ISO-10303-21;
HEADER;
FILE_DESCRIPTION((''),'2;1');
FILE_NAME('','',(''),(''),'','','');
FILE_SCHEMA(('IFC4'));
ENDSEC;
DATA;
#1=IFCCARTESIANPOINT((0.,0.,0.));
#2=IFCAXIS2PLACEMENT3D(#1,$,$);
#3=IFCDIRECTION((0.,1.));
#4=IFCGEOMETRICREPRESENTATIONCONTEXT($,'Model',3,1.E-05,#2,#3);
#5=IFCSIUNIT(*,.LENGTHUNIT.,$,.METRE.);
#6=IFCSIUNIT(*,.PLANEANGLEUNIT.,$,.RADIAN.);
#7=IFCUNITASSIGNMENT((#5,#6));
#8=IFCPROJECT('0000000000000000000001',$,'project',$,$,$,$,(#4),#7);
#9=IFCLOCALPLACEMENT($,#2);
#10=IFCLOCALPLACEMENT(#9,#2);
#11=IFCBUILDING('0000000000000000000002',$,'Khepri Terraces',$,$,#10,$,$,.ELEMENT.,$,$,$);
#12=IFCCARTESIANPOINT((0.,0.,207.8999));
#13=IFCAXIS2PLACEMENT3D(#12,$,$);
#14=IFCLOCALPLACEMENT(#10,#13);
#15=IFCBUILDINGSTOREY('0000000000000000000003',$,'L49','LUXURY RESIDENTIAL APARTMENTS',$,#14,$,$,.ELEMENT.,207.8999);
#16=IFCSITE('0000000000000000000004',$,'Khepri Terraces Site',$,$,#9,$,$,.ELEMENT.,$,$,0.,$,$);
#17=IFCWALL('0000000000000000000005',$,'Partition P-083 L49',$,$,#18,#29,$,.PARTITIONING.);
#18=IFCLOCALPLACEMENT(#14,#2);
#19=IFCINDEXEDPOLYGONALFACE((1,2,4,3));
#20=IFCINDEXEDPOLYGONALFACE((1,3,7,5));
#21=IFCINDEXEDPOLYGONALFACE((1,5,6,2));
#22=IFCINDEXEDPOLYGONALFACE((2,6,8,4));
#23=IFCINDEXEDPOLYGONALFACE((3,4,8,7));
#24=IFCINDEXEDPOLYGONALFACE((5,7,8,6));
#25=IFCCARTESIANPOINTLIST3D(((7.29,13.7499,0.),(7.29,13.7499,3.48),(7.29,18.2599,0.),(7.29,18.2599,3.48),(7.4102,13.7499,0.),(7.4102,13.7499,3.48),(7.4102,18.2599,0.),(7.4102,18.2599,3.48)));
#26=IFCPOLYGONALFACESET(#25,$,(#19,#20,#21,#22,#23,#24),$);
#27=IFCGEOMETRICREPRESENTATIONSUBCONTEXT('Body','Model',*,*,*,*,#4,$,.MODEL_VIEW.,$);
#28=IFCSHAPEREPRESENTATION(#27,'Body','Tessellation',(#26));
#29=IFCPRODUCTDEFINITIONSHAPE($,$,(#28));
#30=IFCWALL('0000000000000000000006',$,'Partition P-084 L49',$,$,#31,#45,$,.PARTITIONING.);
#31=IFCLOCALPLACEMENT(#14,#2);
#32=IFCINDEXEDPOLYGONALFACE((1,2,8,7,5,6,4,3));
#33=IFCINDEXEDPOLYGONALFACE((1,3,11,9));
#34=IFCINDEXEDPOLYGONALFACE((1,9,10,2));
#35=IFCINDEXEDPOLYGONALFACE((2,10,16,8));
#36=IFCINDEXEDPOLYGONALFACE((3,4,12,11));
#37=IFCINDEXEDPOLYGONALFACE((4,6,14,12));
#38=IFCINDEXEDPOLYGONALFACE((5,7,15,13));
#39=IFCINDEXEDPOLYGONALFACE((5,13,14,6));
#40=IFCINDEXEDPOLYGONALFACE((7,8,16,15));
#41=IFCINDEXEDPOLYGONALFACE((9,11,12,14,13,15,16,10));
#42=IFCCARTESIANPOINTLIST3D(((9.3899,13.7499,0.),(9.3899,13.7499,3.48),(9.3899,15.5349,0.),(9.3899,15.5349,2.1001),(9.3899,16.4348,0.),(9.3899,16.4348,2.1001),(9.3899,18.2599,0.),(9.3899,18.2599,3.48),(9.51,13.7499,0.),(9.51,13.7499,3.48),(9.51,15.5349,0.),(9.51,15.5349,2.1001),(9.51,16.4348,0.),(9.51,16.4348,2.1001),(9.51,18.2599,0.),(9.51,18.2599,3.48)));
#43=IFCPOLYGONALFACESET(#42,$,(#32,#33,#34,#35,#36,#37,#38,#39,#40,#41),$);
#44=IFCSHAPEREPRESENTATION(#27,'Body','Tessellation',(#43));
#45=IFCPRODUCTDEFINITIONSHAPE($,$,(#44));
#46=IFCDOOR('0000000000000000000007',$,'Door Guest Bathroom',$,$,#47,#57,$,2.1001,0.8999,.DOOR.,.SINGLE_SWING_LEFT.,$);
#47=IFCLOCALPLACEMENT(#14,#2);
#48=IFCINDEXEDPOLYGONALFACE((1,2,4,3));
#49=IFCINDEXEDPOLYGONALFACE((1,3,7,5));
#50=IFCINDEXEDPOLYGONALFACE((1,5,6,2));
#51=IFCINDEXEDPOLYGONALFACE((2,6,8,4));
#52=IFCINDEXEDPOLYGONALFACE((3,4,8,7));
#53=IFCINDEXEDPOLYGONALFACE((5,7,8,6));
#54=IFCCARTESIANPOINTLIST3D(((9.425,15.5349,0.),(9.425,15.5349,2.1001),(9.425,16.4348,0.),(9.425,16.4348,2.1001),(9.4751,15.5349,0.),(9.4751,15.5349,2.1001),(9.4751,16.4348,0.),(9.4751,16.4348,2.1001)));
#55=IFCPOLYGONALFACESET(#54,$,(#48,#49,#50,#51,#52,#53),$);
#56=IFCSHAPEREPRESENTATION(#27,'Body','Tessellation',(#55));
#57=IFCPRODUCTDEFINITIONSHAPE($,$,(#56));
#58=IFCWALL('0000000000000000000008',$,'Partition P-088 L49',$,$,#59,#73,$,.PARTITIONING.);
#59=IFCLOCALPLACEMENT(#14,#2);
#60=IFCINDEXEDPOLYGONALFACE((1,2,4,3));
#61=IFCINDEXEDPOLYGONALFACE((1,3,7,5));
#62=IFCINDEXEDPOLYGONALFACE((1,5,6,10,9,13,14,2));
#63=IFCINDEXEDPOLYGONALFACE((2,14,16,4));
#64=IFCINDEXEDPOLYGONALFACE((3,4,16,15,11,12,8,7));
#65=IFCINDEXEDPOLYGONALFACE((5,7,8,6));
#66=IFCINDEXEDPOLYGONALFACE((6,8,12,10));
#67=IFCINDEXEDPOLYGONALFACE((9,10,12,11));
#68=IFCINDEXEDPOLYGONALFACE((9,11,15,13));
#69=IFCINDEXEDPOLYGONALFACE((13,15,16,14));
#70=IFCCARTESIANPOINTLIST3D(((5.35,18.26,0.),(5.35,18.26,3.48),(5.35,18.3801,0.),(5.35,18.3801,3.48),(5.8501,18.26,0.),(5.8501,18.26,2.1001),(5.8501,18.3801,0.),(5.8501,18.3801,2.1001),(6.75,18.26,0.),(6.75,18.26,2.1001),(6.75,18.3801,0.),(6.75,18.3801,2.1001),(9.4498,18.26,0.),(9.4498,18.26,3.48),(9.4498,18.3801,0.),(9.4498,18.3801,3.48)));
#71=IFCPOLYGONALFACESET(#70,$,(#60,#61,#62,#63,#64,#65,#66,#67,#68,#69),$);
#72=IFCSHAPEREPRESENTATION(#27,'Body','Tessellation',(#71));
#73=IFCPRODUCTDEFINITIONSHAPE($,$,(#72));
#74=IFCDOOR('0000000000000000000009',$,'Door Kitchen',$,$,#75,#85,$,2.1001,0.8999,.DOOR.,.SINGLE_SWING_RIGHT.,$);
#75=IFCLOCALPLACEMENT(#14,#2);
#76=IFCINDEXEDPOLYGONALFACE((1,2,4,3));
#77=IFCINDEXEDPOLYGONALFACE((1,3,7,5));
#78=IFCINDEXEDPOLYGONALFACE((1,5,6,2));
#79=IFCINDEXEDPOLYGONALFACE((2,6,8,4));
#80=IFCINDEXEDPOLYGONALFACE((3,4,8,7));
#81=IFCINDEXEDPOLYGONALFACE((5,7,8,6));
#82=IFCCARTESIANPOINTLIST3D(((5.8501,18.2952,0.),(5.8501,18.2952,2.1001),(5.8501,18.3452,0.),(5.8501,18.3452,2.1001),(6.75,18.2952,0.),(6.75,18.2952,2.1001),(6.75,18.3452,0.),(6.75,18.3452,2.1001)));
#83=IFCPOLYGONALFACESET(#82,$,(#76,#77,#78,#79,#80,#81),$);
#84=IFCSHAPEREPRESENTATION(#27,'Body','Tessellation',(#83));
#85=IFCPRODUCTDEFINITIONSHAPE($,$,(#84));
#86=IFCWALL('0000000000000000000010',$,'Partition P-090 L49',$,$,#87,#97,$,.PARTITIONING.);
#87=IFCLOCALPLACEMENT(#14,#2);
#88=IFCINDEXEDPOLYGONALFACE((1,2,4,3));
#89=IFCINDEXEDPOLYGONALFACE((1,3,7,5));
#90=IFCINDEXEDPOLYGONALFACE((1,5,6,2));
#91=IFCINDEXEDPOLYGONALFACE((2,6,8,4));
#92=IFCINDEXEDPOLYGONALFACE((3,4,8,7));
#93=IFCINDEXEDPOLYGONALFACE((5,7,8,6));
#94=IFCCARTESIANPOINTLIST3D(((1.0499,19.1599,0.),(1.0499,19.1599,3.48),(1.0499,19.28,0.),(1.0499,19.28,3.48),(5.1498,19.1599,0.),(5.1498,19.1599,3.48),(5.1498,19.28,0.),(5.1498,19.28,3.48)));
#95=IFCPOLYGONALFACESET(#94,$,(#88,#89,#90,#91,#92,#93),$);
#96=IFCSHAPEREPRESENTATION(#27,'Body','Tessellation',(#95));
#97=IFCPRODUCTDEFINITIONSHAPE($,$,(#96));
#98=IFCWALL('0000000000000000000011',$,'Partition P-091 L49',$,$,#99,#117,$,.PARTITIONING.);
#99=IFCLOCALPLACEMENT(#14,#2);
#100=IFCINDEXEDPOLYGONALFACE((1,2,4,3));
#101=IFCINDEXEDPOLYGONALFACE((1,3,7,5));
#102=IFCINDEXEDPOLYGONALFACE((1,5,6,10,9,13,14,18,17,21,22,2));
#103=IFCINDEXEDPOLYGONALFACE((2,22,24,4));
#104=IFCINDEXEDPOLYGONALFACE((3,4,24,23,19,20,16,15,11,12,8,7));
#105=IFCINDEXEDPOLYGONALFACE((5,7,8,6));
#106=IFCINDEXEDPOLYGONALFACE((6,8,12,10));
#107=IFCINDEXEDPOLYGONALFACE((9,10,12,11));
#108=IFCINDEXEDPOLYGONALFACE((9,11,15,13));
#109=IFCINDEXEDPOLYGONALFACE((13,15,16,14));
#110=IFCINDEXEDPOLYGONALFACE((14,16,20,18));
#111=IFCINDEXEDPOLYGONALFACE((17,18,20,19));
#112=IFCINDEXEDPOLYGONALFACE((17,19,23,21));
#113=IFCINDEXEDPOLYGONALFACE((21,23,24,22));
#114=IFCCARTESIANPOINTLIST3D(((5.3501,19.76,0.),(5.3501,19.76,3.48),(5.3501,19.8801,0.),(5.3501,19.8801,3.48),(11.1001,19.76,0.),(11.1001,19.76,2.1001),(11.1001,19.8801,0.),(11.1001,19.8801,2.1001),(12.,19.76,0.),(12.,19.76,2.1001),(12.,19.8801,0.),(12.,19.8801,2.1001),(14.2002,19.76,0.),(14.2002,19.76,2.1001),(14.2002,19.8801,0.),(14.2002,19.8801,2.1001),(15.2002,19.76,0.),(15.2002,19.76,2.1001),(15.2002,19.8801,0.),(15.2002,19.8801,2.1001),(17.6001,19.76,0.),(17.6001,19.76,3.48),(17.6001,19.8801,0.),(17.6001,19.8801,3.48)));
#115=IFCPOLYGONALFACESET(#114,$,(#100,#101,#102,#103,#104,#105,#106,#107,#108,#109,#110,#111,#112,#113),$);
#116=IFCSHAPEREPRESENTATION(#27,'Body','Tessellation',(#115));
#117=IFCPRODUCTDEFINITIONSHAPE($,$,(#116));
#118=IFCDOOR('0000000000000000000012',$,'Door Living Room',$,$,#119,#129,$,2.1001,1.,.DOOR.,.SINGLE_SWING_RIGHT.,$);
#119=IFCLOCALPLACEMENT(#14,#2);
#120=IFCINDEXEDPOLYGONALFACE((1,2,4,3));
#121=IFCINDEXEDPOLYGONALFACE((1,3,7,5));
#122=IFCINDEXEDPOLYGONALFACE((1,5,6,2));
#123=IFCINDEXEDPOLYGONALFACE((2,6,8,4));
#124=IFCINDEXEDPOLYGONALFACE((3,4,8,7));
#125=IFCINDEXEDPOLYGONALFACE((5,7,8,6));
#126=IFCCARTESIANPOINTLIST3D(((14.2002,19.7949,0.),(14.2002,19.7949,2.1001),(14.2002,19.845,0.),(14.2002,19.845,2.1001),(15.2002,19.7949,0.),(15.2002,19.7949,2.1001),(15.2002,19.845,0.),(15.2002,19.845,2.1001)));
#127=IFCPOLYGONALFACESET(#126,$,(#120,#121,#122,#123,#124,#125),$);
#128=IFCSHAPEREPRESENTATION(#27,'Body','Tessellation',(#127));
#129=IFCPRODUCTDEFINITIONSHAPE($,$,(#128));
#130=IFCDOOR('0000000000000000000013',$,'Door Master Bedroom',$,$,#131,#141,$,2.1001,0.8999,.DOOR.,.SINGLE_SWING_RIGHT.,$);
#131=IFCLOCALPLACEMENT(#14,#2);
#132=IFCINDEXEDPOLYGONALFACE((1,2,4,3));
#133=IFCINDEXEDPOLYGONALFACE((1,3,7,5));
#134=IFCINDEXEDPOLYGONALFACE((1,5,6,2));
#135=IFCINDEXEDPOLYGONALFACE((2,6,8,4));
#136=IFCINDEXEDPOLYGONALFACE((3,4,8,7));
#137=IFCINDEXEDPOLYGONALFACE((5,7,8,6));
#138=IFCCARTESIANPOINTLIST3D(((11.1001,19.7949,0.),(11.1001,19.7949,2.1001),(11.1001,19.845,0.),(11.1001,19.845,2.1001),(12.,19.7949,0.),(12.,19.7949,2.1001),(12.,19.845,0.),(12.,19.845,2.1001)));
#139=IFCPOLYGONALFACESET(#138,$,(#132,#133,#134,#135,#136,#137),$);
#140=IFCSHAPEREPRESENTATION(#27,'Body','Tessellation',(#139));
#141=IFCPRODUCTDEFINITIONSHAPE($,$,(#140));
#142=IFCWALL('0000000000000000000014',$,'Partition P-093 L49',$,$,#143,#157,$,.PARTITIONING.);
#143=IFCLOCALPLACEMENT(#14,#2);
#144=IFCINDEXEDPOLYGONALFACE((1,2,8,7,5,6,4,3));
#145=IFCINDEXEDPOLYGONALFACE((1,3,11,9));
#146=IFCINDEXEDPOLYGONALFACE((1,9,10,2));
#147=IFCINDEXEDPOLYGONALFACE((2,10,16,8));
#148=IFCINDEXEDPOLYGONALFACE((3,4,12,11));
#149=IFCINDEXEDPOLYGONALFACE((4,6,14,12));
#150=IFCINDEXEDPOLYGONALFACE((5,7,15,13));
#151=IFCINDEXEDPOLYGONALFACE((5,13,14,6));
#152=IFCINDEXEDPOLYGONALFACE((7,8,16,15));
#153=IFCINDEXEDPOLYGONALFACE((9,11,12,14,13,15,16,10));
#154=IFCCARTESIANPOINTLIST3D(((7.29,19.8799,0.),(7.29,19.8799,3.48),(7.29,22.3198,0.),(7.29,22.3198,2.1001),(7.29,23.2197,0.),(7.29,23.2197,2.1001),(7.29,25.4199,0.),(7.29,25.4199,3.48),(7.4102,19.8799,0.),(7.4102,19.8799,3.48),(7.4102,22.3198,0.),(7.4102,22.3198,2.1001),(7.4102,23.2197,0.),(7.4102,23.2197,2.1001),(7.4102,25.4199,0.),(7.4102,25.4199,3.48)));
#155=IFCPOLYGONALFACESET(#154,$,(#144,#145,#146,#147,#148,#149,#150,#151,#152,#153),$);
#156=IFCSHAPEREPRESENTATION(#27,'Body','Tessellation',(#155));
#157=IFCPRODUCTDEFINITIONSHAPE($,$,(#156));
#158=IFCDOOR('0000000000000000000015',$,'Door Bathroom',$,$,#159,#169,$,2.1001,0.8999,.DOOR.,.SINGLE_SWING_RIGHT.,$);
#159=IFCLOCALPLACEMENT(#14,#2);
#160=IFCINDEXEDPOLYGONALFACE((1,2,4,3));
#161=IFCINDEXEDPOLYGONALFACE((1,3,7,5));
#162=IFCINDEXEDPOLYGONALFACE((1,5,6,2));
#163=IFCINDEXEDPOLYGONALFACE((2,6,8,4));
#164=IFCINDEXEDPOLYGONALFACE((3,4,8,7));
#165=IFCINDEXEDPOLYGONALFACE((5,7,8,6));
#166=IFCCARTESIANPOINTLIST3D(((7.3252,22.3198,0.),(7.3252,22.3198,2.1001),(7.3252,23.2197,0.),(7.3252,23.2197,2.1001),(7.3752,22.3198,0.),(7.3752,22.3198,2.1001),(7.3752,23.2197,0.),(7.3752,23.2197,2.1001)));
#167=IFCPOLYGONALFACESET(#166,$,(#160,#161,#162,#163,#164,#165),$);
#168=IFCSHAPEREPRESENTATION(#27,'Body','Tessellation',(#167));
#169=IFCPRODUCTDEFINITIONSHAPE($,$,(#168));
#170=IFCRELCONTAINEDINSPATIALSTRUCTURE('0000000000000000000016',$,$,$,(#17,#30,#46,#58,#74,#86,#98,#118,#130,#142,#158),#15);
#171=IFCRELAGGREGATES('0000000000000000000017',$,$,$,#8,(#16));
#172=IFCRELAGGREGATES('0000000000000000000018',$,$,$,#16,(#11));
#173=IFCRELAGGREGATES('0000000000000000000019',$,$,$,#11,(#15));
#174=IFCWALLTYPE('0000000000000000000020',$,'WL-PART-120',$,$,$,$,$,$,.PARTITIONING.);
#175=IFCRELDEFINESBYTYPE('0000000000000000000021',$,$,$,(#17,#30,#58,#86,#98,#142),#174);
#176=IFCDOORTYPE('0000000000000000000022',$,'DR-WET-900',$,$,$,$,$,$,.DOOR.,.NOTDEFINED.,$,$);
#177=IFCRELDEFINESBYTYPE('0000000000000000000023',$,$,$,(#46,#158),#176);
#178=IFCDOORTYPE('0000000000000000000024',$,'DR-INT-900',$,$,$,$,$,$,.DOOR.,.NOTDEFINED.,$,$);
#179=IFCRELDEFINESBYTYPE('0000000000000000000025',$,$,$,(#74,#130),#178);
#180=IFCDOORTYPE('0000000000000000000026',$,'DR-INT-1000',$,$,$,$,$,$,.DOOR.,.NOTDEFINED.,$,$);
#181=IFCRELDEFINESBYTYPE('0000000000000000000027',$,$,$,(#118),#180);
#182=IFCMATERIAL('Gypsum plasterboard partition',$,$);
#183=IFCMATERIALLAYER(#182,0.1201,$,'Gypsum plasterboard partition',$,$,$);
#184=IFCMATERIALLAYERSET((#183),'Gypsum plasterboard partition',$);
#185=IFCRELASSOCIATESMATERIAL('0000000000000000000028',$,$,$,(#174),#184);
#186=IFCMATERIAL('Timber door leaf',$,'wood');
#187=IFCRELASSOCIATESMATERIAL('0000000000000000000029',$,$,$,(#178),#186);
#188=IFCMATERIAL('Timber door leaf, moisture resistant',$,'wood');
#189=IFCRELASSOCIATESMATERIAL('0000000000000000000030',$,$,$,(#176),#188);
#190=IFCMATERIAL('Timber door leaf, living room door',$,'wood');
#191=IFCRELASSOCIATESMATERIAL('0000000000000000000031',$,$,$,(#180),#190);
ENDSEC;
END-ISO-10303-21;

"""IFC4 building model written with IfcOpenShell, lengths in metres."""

from ifc_helpers import new_model, si_unit, direction, frame, frame_2d, origin, place, context, subcontext, project, spatial, rectangle, extrude, material, layer, layer_set, type_object, element, fill, save


model = new_model("IFC4")

# Units and contexts
model_context = context("Model", 3, precision=1e-05, world=origin(), true_north=direction((0.0, 1.0)))
body_context = subcontext(model_context, "Body", "Model", "MODEL_VIEW")
ifc_project = project(units=[si_unit("LENGTHUNIT", "METRE"), si_unit("PLANEANGLEUNIT", "RADIAN")], contexts=[model_context])

# Site, building, storey
site_placement = place(None, origin())
site = spatial("IfcSite", under=ifc_project, at=site_placement, Name="Khepri Terraces Site", CompositionType="ELEMENT", RefElevation=0.0)
building_placement = place(site_placement, origin())
building = spatial("IfcBuilding", under=site, at=building_placement, Name="Khepri Terraces", CompositionType="ELEMENT")
storey_placement = place(building_placement, frame((0.0, 0.0, 207.8999)))
storey = spatial("IfcBuildingStorey", under=building, at=storey_placement, Name="L49", Description="LUXURY RESIDENTIAL APARTMENTS", CompositionType="ELEMENT", Elevation=207.8999)

# Shared definitions
ifc_material_1 = material(Name="Gypsum plasterboard partition")
ifc_layer_1 = layer(ifc_material_1, 0.1201, Name="Gypsum plasterboard partition")
ifc_layer_set_1 = layer_set([ifc_layer_1], Name="Gypsum plasterboard partition")
wall_type_1 = type_object("IfcWallType", Name="WL-PART-120", PredefinedType="PARTITIONING", material=ifc_layer_set_1)
ifc_material_2 = material(Name="Timber door leaf", Category="wood")
door_type_1 = type_object("IfcDoorType", Name="DR-INT-900", OperationType="NOTDEFINED", PredefinedType="DOOR", material=ifc_material_2)

# Wall
wall_1_placement = place(storey_placement, frame((7.3501, 13.75, 0.0), z_axis=(0.0, 0.0, 1.0), x_axis=(0.0, 1.0, 0.0)))
element("IfcWall", 1, at=wall_1_placement, inside=storey, type_object=wall_type_1, Name="Partition P-083 L49", PredefinedType="PARTITIONING", context=body_context, shape_type="SweptSolid", body=[
    extrude(rectangle(XDim=4.51, YDim=0.1201, at=frame_2d((2.2549, 0.0))), origin(), (0.0, 0.0, 1.0), 3.48),
])

# Walls, openings, doors
wall_2_placement = place(storey_placement, frame((9.45, 13.75, 0.0), z_axis=(0.0, 0.0, 1.0), x_axis=(0.0, 1.0, 0.0)))
wall_2 = element("IfcWall", 2, at=wall_2_placement, inside=storey, type_object=wall_type_1, Name="Partition P-084 L49", PredefinedType="PARTITIONING", context=body_context, shape_type="SweptSolid", body=[
    extrude(rectangle(XDim=4.51, YDim=0.1201, at=frame_2d((2.2549, 0.0))), origin(), (0.0, 0.0, 1.0), 3.48),
])
opening_1_placement = place(wall_2_placement, frame((1.7849, 0.0, 0.0)))
opening_1 = element("IfcOpeningElement", 3, at=opening_1_placement, cuts=wall_2, PredefinedType="OPENING", context=body_context, shape_type="SweptSolid", body=[
    extrude(rectangle(XDim=0.8999, YDim=2.1001, at=frame_2d((0.45, 1.05))), frame((0.0, 0.0701, 0.0), z_axis=(0.0, -1.0, 0.0), x_axis=(1.0, 0.0, 0.0)), (0.0, 0.0, 1.0), 0.1401),
])
ifc_material_3 = material(Name="Timber door leaf, moisture resistant", Category="wood")
door_type_2 = type_object("IfcDoorType", Name="DR-WET-900", OperationType="NOTDEFINED", PredefinedType="DOOR", material=ifc_material_3)
door_1_placement = place(opening_1_placement, origin())
door_1 = element("IfcDoor", 4, at=door_1_placement, inside=storey, type_object=door_type_2, Name="Door Guest Bathroom", OperationType="SINGLE_SWING_LEFT", OverallHeight=2.1001, OverallWidth=0.8999, PredefinedType="DOOR", context=body_context, shape_type="SweptSolid", body=[
    extrude(rectangle(XDim=0.8999, YDim=2.1001, at=frame_2d((0.45, 1.05))), frame((0.0, 0.0249, 0.0), z_axis=(0.0, -1.0, 0.0), x_axis=(1.0, 0.0, 0.0)), (0.0, 0.0, 1.0), 0.05),
])
fill(opening_1, door_1)
wall_3_placement = place(storey_placement, frame((5.3501, 18.3201, 0.0), z_axis=(0.0, 0.0, 1.0), x_axis=(1.0, 0.0, 0.0)))
wall_3 = element("IfcWall", 5, at=wall_3_placement, inside=storey, type_object=wall_type_1, Name="Partition P-088 L49", PredefinedType="PARTITIONING", context=body_context, shape_type="SweptSolid", body=[
    extrude(rectangle(XDim=4.0999, YDim=0.1201, at=frame_2d((2.0498, 0.0))), origin(), (0.0, 0.0, 1.0), 3.48),
])
opening_2_placement = place(wall_3_placement, frame((0.5, 0.0, 0.0)))
opening_2 = element("IfcOpeningElement", 6, at=opening_2_placement, cuts=wall_3, PredefinedType="OPENING", context=body_context, shape_type="SweptSolid", body=[
    extrude(rectangle(XDim=0.8999, YDim=2.1001, at=frame_2d((0.45, 1.05))), frame((0.0, 0.0701, 0.0), z_axis=(0.0, -1.0, 0.0), x_axis=(1.0, 0.0, 0.0)), (0.0, 0.0, 1.0), 0.1401),
])
door_2_placement = place(opening_2_placement, frame((0.8999, 0.0, 0.0), z_axis=(0.0, 0.0, 1.0), x_axis=(-1.0, 0.0, 0.0)))
door_2 = element("IfcDoor", 7, at=door_2_placement, inside=storey, type_object=door_type_1, Name="Door Kitchen", OperationType="SINGLE_SWING_RIGHT", OverallHeight=2.1001, OverallWidth=0.8999, PredefinedType="DOOR", context=body_context, shape_type="SweptSolid", body=[
    extrude(rectangle(XDim=0.8999, YDim=2.1001, at=frame_2d((0.45, 1.05))), frame((0.0, 0.0249, 0.0), z_axis=(0.0, -1.0, 0.0), x_axis=(1.0, 0.0, 0.0)), (0.0, 0.0, 1.0), 0.05),
])
fill(opening_2, door_2)

# Wall
wall_4_placement = place(storey_placement, frame((1.05, 19.22, 0.0), z_axis=(0.0, 0.0, 1.0), x_axis=(1.0, 0.0, 0.0)))
element("IfcWall", 8, at=wall_4_placement, inside=storey, type_object=wall_type_1, Name="Partition P-090 L49", PredefinedType="PARTITIONING", context=body_context, shape_type="SweptSolid", body=[
    extrude(rectangle(XDim=4.0999, YDim=0.1201, at=frame_2d((2.0498, 0.0))), origin(), (0.0, 0.0, 1.0), 3.48),
])

# Wall, openings, doors
wall_5_placement = place(storey_placement, frame((5.3501, 19.8201, 0.0), z_axis=(0.0, 0.0, 1.0), x_axis=(1.0, 0.0, 0.0)))
wall_5 = element("IfcWall", 9, at=wall_5_placement, inside=storey, type_object=wall_type_1, Name="Partition P-091 L49", PredefinedType="PARTITIONING", context=body_context, shape_type="SweptSolid", body=[
    extrude(rectangle(XDim=12.25, YDim=0.1201, at=frame_2d((6.125, 0.0))), origin(), (0.0, 0.0, 1.0), 3.48),
])
opening_3_placement = place(wall_5_placement, frame((8.8501, 0.0, 0.0)))
opening_3 = element("IfcOpeningElement", 10, at=opening_3_placement, cuts=wall_5, PredefinedType="OPENING", context=body_context, shape_type="SweptSolid", body=[
    extrude(rectangle(XDim=1.0, YDim=2.1001, at=frame_2d((0.5, 1.05))), frame((0.0, 0.0701, 0.0), z_axis=(0.0, -1.0, 0.0), x_axis=(1.0, 0.0, 0.0)), (0.0, 0.0, 1.0), 0.1401),
])
opening_4_placement = place(wall_5_placement, frame((5.75, 0.0, 0.0)))
opening_4 = element("IfcOpeningElement", 11, at=opening_4_placement, cuts=wall_5, PredefinedType="OPENING", context=body_context, shape_type="SweptSolid", body=[
    extrude(rectangle(XDim=0.8999, YDim=2.1001, at=frame_2d((0.45, 1.05))), frame((0.0, 0.0701, 0.0), z_axis=(0.0, -1.0, 0.0), x_axis=(1.0, 0.0, 0.0)), (0.0, 0.0, 1.0), 0.1401),
])
ifc_material_4 = material(Name="Timber door leaf, living room door", Category="wood")
door_type_3 = type_object("IfcDoorType", Name="DR-INT-1000", OperationType="NOTDEFINED", PredefinedType="DOOR", material=ifc_material_4)
door_3_placement = place(opening_3_placement, origin())
door_3 = element("IfcDoor", 12, at=door_3_placement, inside=storey, type_object=door_type_3, Name="Door Living Room", OperationType="SINGLE_SWING_RIGHT", OverallHeight=2.1001, OverallWidth=1.0, PredefinedType="DOOR", context=body_context, shape_type="SweptSolid", body=[
    extrude(rectangle(XDim=1.0, YDim=2.1001, at=frame_2d((0.5, 1.05))), frame((0.0, 0.0249, 0.0), z_axis=(0.0, -1.0, 0.0), x_axis=(1.0, 0.0, 0.0)), (0.0, 0.0, 1.0), 0.05),
])
fill(opening_3, door_3)
door_4_placement = place(opening_4_placement, origin())
door_4 = element("IfcDoor", 13, at=door_4_placement, inside=storey, type_object=door_type_1, Name="Door Master Bedroom", OperationType="SINGLE_SWING_RIGHT", OverallHeight=2.1001, OverallWidth=0.8999, PredefinedType="DOOR", context=body_context, shape_type="SweptSolid", body=[
    extrude(rectangle(XDim=0.8999, YDim=2.1001, at=frame_2d((0.45, 1.05))), frame((0.0, 0.0249, 0.0), z_axis=(0.0, -1.0, 0.0), x_axis=(1.0, 0.0, 0.0)), (0.0, 0.0, 1.0), 0.05),
])
fill(opening_4, door_4)

# Wall, opening, door
wall_6_placement = place(storey_placement, frame((7.3501, 19.8799, 0.0), z_axis=(0.0, 0.0, 1.0), x_axis=(0.0, 1.0, 0.0)))
wall_6 = element("IfcWall", 14, at=wall_6_placement, inside=storey, type_object=wall_type_1, Name="Partition P-093 L49", PredefinedType="PARTITIONING", context=body_context, shape_type="SweptSolid", body=[
    extrude(rectangle(XDim=5.54, YDim=0.1201, at=frame_2d((2.77, 0.0))), origin(), (0.0, 0.0, 1.0), 3.48),
])
opening_5_placement = place(wall_6_placement, frame((2.4399, 0.0, 0.0)))
opening_5 = element("IfcOpeningElement", 15, at=opening_5_placement, cuts=wall_6, PredefinedType="OPENING", context=body_context, shape_type="SweptSolid", body=[
    extrude(rectangle(XDim=0.8999, YDim=2.1001, at=frame_2d((0.45, 1.05))), frame((0.0, 0.0701, 0.0), z_axis=(0.0, -1.0, 0.0), x_axis=(1.0, 0.0, 0.0)), (0.0, 0.0, 1.0), 0.1401),
])
door_5_placement = place(opening_5_placement, origin())
door_5 = element("IfcDoor", 16, at=door_5_placement, inside=storey, type_object=door_type_2, Name="Door Bathroom", OperationType="SINGLE_SWING_RIGHT", OverallHeight=2.1001, OverallWidth=0.8999, PredefinedType="DOOR", context=body_context, shape_type="SweptSolid", body=[
    extrude(rectangle(XDim=0.8999, YDim=2.1001, at=frame_2d((0.45, 1.05))), frame((0.0, 0.0249, 0.0), z_axis=(0.0, -1.0, 0.0), x_axis=(1.0, 0.0, 0.0)), (0.0, 0.0, 1.0), 0.05),
])
fill(opening_5, door_5)

save(model, "model.ifc")
